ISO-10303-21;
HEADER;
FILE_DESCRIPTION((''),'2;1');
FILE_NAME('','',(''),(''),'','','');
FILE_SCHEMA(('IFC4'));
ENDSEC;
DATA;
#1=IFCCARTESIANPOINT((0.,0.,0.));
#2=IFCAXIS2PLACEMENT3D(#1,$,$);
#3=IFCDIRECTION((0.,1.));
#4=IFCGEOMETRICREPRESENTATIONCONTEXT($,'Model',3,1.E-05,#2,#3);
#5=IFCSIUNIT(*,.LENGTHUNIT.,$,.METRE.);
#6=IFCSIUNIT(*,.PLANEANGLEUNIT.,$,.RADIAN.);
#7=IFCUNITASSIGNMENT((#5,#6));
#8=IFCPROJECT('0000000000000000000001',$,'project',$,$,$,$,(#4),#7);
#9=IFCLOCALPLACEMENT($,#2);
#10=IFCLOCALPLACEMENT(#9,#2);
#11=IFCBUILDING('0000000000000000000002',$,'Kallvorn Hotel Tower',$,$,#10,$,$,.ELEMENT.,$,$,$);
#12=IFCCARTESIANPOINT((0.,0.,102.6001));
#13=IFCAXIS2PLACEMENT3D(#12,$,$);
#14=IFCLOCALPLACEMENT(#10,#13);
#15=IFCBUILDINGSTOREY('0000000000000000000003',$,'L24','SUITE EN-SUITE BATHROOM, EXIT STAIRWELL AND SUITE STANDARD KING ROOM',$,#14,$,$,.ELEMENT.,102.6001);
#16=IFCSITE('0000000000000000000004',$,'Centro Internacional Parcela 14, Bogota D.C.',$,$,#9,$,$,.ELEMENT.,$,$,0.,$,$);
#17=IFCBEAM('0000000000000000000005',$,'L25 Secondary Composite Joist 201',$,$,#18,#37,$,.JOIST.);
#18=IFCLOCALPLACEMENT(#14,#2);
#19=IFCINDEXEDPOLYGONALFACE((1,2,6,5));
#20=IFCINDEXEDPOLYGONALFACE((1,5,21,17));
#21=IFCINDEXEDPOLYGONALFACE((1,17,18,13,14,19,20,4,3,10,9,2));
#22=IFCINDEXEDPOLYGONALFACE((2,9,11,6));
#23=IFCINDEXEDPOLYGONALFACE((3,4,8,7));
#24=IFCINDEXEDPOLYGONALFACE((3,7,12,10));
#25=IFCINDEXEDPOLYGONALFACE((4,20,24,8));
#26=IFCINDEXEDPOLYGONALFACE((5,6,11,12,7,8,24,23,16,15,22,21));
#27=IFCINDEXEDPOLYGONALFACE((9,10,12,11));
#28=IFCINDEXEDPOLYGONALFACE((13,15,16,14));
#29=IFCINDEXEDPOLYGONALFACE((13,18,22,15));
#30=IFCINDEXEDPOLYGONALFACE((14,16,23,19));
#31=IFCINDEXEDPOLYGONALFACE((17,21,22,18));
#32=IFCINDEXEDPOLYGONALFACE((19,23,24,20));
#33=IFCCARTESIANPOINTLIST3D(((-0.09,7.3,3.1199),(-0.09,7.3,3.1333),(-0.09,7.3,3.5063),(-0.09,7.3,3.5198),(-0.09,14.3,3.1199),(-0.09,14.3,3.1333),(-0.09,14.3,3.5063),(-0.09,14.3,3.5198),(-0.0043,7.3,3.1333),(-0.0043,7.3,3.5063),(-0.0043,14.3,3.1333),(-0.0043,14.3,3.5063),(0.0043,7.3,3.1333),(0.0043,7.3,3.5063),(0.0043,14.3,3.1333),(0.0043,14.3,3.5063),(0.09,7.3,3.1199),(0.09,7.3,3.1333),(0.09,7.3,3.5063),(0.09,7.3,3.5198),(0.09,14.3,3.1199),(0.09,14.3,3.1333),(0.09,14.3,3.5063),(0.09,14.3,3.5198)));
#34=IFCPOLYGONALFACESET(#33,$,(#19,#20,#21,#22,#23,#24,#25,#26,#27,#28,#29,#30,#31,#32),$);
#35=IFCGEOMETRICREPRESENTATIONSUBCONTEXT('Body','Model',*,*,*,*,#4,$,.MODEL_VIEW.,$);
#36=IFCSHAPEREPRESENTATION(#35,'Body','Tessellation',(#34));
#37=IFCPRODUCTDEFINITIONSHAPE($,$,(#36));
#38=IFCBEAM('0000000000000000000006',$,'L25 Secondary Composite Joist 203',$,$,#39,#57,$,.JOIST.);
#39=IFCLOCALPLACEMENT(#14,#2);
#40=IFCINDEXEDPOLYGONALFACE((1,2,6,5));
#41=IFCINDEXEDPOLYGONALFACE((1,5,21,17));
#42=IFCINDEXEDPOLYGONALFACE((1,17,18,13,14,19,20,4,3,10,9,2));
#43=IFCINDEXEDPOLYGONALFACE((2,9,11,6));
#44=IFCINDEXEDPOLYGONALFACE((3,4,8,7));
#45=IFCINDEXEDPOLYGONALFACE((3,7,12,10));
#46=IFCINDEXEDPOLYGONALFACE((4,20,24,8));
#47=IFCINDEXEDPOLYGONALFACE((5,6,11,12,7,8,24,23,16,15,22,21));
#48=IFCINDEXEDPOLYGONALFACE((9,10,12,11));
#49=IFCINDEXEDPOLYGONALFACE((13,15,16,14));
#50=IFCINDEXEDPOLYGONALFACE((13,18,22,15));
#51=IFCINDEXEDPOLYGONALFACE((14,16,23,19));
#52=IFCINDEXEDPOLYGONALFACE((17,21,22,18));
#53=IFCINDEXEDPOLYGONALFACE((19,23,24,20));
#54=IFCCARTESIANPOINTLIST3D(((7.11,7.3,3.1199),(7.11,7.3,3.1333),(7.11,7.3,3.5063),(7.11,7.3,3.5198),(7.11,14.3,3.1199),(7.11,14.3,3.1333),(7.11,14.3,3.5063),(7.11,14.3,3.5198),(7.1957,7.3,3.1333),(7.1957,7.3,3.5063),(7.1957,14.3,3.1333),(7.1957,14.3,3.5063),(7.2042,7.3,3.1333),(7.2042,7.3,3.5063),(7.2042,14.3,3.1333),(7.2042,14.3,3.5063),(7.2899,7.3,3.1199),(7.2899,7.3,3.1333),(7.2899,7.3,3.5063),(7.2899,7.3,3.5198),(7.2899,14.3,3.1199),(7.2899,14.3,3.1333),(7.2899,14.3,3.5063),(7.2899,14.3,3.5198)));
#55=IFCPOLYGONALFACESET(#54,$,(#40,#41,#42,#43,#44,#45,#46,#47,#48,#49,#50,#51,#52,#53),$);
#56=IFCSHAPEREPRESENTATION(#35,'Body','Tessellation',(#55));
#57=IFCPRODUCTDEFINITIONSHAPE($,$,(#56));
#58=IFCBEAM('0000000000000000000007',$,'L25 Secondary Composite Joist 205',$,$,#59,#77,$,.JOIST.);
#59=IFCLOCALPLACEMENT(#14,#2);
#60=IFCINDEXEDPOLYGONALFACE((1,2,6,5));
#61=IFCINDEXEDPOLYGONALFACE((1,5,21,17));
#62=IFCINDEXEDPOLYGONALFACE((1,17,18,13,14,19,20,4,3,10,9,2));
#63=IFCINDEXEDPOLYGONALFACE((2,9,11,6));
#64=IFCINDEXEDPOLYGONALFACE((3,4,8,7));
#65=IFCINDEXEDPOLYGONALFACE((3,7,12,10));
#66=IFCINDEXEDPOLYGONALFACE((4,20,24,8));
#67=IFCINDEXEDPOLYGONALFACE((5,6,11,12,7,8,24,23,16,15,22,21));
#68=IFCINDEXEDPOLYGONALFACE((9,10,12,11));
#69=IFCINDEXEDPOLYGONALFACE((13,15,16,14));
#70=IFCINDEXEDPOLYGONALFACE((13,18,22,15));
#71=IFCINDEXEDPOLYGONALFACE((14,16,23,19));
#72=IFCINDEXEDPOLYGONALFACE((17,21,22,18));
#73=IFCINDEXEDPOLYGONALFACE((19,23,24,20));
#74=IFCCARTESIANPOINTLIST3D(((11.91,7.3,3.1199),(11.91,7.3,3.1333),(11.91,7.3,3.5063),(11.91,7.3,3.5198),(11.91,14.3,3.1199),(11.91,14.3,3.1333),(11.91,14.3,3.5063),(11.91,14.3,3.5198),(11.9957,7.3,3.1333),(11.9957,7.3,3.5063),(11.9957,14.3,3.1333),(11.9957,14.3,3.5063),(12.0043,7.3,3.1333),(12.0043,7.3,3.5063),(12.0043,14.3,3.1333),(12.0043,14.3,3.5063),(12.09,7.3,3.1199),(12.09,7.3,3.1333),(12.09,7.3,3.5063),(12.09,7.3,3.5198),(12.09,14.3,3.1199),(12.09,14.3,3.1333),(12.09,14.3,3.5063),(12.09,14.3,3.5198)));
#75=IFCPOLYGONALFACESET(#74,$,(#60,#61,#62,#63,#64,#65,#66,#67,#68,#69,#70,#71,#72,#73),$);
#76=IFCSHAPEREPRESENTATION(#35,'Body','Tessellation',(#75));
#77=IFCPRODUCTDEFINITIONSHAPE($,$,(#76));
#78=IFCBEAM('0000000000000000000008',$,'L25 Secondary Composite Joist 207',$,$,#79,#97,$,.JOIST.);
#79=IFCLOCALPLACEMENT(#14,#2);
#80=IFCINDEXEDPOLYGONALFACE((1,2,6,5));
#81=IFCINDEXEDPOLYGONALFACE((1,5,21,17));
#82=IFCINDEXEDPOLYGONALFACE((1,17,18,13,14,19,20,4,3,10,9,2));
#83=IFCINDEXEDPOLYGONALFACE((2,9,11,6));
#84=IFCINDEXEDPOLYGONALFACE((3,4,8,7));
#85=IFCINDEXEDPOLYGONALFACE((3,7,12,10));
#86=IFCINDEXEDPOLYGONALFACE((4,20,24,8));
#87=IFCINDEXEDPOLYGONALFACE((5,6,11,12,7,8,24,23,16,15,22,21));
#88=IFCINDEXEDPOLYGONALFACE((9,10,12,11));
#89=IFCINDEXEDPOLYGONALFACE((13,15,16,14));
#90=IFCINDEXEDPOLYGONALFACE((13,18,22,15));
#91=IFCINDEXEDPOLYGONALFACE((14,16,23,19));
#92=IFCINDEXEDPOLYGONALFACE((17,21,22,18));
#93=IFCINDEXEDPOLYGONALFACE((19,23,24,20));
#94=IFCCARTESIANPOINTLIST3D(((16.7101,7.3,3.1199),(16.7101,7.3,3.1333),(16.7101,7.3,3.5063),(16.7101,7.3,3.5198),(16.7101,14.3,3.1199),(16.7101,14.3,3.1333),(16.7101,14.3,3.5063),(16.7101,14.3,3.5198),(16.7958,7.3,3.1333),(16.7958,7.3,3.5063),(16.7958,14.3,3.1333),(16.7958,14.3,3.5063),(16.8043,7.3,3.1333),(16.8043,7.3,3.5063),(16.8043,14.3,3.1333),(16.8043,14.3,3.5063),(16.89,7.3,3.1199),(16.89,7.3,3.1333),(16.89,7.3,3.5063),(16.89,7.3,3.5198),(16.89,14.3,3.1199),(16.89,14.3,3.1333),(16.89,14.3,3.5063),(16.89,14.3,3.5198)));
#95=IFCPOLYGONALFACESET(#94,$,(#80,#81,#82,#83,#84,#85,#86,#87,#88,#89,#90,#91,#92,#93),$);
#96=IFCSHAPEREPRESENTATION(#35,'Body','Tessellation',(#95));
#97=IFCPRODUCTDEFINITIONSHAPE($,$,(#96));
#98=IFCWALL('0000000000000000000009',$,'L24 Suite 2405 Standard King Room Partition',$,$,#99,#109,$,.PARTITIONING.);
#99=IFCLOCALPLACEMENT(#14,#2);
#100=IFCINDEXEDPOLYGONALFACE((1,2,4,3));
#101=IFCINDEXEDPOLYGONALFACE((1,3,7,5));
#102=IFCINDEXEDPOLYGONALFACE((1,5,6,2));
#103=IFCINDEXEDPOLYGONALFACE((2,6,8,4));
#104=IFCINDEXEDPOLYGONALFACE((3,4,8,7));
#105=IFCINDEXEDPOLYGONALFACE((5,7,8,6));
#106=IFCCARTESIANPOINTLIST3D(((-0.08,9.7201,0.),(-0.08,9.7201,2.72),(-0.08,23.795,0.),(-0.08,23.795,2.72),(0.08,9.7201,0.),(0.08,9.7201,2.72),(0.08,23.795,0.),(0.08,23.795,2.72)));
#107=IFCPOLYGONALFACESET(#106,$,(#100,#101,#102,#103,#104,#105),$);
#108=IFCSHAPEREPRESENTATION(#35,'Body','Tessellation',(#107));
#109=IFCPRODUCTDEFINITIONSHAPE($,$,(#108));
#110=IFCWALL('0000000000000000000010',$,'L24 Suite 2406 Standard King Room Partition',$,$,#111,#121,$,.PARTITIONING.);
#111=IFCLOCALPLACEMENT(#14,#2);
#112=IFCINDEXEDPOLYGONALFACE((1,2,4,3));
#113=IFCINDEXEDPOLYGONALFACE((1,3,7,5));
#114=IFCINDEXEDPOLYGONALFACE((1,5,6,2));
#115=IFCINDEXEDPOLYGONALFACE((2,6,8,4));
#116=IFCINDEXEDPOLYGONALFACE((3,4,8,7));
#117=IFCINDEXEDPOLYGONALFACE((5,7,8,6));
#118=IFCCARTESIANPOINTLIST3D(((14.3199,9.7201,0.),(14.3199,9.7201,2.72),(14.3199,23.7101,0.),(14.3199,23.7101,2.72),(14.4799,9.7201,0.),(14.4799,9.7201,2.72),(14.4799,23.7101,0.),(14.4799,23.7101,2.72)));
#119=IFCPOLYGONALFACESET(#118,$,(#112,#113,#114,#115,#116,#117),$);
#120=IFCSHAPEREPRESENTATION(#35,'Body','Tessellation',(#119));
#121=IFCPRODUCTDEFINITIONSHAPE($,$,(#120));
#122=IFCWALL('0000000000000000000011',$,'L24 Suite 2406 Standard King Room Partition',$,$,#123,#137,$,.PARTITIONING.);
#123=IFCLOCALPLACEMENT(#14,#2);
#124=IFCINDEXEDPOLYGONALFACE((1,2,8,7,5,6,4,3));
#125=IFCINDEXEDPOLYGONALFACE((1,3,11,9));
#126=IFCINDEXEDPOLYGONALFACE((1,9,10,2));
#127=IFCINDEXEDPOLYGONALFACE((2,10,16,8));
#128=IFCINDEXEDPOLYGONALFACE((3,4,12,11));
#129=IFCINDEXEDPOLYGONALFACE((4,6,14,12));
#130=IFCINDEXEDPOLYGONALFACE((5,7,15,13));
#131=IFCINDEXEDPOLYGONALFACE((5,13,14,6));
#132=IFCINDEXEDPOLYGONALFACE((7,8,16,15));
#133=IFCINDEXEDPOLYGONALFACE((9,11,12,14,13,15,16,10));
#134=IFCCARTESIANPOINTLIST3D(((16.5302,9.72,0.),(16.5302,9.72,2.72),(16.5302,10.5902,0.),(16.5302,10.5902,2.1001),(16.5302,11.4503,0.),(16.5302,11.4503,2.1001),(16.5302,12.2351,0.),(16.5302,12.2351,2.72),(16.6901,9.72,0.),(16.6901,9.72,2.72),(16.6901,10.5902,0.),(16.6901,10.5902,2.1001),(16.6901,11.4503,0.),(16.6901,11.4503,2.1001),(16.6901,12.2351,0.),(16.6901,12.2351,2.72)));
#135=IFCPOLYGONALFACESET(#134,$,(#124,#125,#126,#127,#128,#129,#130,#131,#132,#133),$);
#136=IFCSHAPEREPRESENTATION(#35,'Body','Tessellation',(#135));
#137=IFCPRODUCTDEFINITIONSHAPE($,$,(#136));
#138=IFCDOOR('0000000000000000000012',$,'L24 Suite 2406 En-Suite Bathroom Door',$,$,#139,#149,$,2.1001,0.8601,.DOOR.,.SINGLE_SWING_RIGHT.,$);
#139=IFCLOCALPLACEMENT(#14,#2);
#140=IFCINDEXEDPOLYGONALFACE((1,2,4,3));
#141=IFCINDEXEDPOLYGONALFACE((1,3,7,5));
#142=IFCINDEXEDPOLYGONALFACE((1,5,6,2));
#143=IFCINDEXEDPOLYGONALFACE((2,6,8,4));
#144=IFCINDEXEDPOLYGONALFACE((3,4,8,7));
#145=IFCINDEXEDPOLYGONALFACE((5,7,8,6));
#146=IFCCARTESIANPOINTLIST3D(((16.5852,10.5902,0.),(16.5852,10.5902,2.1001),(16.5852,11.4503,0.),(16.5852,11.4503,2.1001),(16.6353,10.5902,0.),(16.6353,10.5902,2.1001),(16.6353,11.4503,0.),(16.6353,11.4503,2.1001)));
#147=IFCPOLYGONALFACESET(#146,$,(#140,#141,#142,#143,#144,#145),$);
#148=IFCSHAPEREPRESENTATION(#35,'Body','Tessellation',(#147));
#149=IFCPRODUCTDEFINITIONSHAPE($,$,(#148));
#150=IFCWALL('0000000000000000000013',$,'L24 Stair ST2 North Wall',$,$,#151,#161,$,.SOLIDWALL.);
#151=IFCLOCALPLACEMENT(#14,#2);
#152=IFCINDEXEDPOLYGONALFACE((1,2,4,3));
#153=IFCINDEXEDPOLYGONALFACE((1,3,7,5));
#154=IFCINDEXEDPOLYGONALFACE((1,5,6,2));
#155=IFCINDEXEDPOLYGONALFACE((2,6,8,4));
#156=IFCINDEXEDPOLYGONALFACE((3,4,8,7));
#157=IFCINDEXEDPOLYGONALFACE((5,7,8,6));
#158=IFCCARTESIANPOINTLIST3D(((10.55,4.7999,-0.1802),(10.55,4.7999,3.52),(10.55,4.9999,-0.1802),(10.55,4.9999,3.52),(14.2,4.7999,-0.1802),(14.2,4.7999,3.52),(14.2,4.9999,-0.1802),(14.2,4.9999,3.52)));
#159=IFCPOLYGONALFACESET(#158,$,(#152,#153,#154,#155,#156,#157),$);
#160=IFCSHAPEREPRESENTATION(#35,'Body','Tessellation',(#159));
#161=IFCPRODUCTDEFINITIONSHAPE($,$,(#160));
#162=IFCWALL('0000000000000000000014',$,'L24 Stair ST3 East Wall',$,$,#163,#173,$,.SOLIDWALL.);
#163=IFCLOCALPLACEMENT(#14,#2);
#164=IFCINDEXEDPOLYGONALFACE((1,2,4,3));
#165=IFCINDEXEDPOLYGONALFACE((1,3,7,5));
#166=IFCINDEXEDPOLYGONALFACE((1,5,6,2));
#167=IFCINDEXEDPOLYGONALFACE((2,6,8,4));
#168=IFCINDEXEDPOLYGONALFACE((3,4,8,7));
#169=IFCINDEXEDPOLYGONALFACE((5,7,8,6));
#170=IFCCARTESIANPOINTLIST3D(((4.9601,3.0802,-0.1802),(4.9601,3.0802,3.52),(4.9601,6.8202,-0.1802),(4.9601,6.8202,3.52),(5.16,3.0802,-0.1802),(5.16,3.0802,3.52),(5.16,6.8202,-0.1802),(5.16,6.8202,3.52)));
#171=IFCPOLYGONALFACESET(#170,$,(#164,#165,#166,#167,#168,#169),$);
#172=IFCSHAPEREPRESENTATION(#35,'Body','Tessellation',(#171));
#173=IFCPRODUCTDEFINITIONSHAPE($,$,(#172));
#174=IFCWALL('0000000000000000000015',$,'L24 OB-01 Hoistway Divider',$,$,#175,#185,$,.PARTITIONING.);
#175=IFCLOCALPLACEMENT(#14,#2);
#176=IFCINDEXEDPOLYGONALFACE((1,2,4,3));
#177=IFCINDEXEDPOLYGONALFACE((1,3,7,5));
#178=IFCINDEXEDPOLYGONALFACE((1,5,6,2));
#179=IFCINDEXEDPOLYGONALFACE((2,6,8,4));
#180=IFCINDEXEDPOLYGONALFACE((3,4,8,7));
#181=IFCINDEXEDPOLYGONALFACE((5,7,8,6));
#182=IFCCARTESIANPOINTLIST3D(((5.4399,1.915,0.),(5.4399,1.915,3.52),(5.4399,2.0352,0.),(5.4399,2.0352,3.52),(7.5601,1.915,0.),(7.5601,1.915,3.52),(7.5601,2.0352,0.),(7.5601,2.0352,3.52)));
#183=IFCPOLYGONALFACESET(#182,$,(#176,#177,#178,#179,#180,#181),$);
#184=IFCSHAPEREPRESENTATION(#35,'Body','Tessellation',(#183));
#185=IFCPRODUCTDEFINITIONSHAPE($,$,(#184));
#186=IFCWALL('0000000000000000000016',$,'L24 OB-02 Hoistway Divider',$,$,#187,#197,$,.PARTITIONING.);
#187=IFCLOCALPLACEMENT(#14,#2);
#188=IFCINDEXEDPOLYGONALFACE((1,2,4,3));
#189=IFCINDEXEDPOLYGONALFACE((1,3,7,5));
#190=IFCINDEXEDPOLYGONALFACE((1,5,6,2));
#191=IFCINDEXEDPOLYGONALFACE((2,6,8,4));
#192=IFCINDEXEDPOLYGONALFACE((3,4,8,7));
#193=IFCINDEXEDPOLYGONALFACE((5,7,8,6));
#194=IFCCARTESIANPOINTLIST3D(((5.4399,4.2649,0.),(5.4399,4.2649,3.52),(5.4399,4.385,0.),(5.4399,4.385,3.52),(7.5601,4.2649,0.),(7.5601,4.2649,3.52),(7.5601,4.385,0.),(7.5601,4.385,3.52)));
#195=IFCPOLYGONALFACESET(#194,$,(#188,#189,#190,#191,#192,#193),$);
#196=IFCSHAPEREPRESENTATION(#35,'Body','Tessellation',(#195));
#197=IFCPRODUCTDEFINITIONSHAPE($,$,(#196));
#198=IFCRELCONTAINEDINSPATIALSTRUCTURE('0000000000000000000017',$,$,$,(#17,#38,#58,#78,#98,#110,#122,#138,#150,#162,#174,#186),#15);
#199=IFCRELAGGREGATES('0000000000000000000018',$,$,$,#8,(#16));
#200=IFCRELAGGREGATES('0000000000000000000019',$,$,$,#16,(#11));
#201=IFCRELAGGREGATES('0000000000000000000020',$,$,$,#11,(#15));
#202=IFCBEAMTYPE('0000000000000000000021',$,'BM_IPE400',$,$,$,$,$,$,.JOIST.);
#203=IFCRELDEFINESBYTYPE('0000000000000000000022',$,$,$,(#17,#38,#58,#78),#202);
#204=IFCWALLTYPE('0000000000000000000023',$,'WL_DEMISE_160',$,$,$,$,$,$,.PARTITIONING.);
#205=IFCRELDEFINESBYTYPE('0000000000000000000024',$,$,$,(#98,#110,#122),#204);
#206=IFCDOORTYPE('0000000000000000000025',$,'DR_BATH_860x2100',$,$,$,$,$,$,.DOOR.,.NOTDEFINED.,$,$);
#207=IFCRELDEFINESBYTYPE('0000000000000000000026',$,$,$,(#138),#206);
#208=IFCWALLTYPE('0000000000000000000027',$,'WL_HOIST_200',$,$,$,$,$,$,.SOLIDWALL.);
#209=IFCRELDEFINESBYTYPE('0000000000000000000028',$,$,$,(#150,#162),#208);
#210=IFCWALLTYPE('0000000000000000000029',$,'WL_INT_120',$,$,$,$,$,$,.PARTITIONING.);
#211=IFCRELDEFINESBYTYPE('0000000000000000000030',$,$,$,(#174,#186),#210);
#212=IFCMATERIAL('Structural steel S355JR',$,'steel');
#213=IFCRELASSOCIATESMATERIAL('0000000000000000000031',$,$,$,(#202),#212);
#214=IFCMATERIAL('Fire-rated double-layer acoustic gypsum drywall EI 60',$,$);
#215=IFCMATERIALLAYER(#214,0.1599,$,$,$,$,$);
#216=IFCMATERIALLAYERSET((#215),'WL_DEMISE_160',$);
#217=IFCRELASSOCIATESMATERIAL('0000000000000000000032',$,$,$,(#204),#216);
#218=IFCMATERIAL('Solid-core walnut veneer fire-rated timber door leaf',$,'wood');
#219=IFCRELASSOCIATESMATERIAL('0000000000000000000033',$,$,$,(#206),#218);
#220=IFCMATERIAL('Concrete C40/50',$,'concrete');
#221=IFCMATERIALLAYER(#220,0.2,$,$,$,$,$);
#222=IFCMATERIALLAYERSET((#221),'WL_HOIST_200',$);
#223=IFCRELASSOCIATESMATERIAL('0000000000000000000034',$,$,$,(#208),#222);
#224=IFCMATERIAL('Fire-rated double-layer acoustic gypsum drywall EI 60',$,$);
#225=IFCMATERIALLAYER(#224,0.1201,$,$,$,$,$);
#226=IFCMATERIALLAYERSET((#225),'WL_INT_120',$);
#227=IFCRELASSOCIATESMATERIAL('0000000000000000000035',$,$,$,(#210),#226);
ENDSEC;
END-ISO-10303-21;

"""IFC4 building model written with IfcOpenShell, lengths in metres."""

from ifc_helpers import new_model, si_unit, direction, frame, frame_2d, origin, origin_2d, place, context, subcontext, project, spatial, rectangle, i_section, extrude, material, layer, layer_set, material_profile, profile_set, type_object, element, fill, save


model = new_model("IFC4")

# Units and contexts
model_context = context("Model", 3, precision=1e-05, world=origin(), true_north=direction((0.0, 1.0)))
body_context = subcontext(model_context, "Body", "Model", "MODEL_VIEW")
ifc_project = project(units=[si_unit("LENGTHUNIT", "METRE"), si_unit("PLANEANGLEUNIT", "RADIAN")], contexts=[model_context])

# Site, building, storey
site_placement = place(None, origin())
site = spatial("IfcSite", under=ifc_project, at=site_placement, Name="Centro Internacional Parcela 14, Bogota D.C.", CompositionType="ELEMENT", RefElevation=0.0)
building_placement = place(site_placement, origin())
building = spatial("IfcBuilding", under=site, at=building_placement, Name="Kallvorn Hotel Tower", CompositionType="ELEMENT")
storey_placement = place(building_placement, frame((0.0, 0.0, 102.6001)))
storey = spatial("IfcBuildingStorey", under=building, at=storey_placement, Name="L24", Description="SUITE EN-SUITE BATHROOM, EXIT STAIRWELL AND SUITE STANDARD KING ROOM", CompositionType="ELEMENT", Elevation=102.6001)

# Beams
ifc_material_1 = material(Name="Structural steel S355JR", Category="steel")
ifc_material_profile_1 = material_profile(ifc_material_1, i_section(OverallWidth=0.1799, OverallDepth=0.3999, WebThickness=0.0085, FlangeThickness=0.0134, at=origin_2d()), Name="IPE 400")
ifc_profile_set_1 = profile_set([ifc_material_profile_1], Name="Structural steel S355JR")
beam_type_1 = type_object("IfcBeamType", Name="BM_IPE400", PredefinedType="JOIST", material=ifc_profile_set_1)
for number, where, z_axis, x_axis, name in (
    (1, (0.0, 7.3, 3.3198), (0.0, 1.0, 0.0), (-1.0, 0.0, 0.0), "L25 Secondary Composite Joist 201"),
    (2, (7.2, 7.3, 3.3198), (0.0, 1.0, 0.0), (-1.0, 0.0, 0.0), "L25 Secondary Composite Joist 203"),
    (3, (12.0, 7.3, 3.3198), (0.0, 1.0, 0.0), (-1.0, 0.0, 0.0), "L25 Secondary Composite Joist 205"),
    (4, (16.8, 7.3, 3.3198), (0.0, 1.0, 0.0), (-1.0, 0.0, 0.0), "L25 Secondary Composite Joist 207"),
):
    element("IfcBeam", number, at=place(storey_placement, frame(where, z_axis=z_axis, x_axis=x_axis)), inside=storey, type_object=beam_type_1, Name=name, PredefinedType="JOIST", context=body_context, shape_type="SweptSolid", body=[
        extrude(i_section(OverallWidth=0.1799, OverallDepth=0.3999, WebThickness=0.0085, FlangeThickness=0.0134, at=origin_2d()), origin(), (0.0, 0.0, 1.0), 7.0),
    ])

# Walls
ifc_material_2 = material(Name="Fire-rated double-layer acoustic gypsum drywall EI 60")
ifc_layer_1 = layer(ifc_material_2, 0.1599)
ifc_layer_set_1 = layer_set([ifc_layer_1], Name="WL_DEMISE_160")
wall_type_1 = type_object("IfcWallType", Name="WL_DEMISE_160", PredefinedType="PARTITIONING", material=ifc_layer_set_1)
wall_1_placement = place(storey_placement, frame((0.0, 9.72, 0.0), z_axis=(0.0, 0.0, 1.0), x_axis=(0.0, 1.0, 0.0)))
element("IfcWall", 5, at=wall_1_placement, inside=storey, type_object=wall_type_1, Name="L24 Suite 2405 Standard King Room Partition", PredefinedType="PARTITIONING", context=body_context, shape_type="SweptSolid", body=[
    extrude(rectangle(XDim=14.075, YDim=0.1599, at=frame_2d((7.0376, 0.0))), origin(), (0.0, 0.0, 1.0), 2.72),
])
wall_2_placement = place(storey_placement, frame((14.3999, 9.72, 0.0), z_axis=(0.0, 0.0, 1.0), x_axis=(0.0, 1.0, 0.0)))
element("IfcWall", 6, at=wall_2_placement, inside=storey, type_object=wall_type_1, Name="L24 Suite 2406 Standard King Room Partition", PredefinedType="PARTITIONING", context=body_context, shape_type="SweptSolid", body=[
    extrude(rectangle(XDim=13.99, YDim=0.1599, at=frame_2d((6.9951, 0.0))), origin(), (0.0, 0.0, 1.0), 2.72),
])

# Wall, opening, door
wall_3_placement = place(storey_placement, frame((16.6101, 9.72, 0.0), z_axis=(0.0, 0.0, 1.0), x_axis=(0.0, 1.0, 0.0)))
wall_3 = element("IfcWall", 7, at=wall_3_placement, inside=storey, type_object=wall_type_1, Name="L24 Suite 2406 Standard King Room Partition", PredefinedType="PARTITIONING", context=body_context, shape_type="SweptSolid", body=[
    extrude(rectangle(XDim=2.5151, YDim=0.1599, at=frame_2d((1.2576, 0.0))), origin(), (0.0, 0.0, 1.0), 2.72),
])
opening_1_placement = place(wall_3_placement, frame((0.8701, 0.0, 0.0)))
opening_1 = element("IfcOpeningElement", 8, at=opening_1_placement, cuts=wall_3, PredefinedType="OPENING", context=body_context, shape_type="SweptSolid", body=[
    extrude(rectangle(XDim=0.8601, YDim=2.1001, at=frame_2d((0.4302, 1.05))), frame((0.0, 0.095, 0.0), z_axis=(0.0, -1.0, 0.0), x_axis=(1.0, 0.0, 0.0)), (0.0, 0.0, 1.0), 0.1899),
])
ifc_material_3 = material(Name="Solid-core walnut veneer fire-rated timber door leaf", Category="wood")
door_type_1 = type_object("IfcDoorType", Name="DR_BATH_860x2100", OperationType="NOTDEFINED", PredefinedType="DOOR", material=ifc_material_3)
door_1_placement = place(opening_1_placement, origin())
door_1 = element("IfcDoor", 9, at=door_1_placement, inside=storey, type_object=door_type_1, Name="L24 Suite 2406 En-Suite Bathroom Door", OperationType="SINGLE_SWING_RIGHT", OverallHeight=2.1001, OverallWidth=0.8601, PredefinedType="DOOR", context=body_context, shape_type="SweptSolid", body=[
    extrude(rectangle(XDim=0.8601, YDim=2.1001, at=frame_2d((0.4302, 1.05))), frame((0.0, 0.0249, 0.0), z_axis=(0.0, -1.0, 0.0), x_axis=(1.0, 0.0, 0.0)), (0.0, 0.0, 1.0), 0.05),
])
fill(opening_1, door_1)

# Walls
ifc_material_4 = material(Name="Concrete C40/50", Category="concrete")
ifc_layer_2 = layer(ifc_material_4, 0.2)
ifc_layer_set_2 = layer_set([ifc_layer_2], Name="WL_HOIST_200")
wall_type_2 = type_object("IfcWallType", Name="WL_HOIST_200", PredefinedType="SOLIDWALL", material=ifc_layer_set_2)
wall_4_placement = place(storey_placement, frame((10.55, 4.8999, -0.1802), z_axis=(0.0, 0.0, 1.0), x_axis=(1.0, 0.0, 0.0)))
element("IfcWall", 10, at=wall_4_placement, inside=storey, type_object=wall_type_2, Name="L24 Stair ST2 North Wall", PredefinedType="SOLIDWALL", context=body_context, shape_type="SweptSolid", body=[
    extrude(rectangle(XDim=3.6499, YDim=0.2, at=frame_2d((1.825, 0.0))), origin(), (0.0, 0.0, 1.0), 3.7002),
])
wall_5_placement = place(storey_placement, frame((5.0601, 3.0801, -0.1802), z_axis=(0.0, 0.0, 1.0), x_axis=(0.0, 1.0, 0.0)))
element("IfcWall", 11, at=wall_5_placement, inside=storey, type_object=wall_type_2, Name="L24 Stair ST3 East Wall", PredefinedType="SOLIDWALL", context=body_context, shape_type="SweptSolid", body=[
    extrude(rectangle(XDim=3.74, YDim=0.2, at=frame_2d((1.8701, 0.0))), origin(), (0.0, 0.0, 1.0), 3.7002),
])
ifc_material_5 = material(Name="Fire-rated double-layer acoustic gypsum drywall EI 60")
ifc_layer_3 = layer(ifc_material_5, 0.1201)
ifc_layer_set_3 = layer_set([ifc_layer_3], Name="WL_INT_120")
wall_type_3 = type_object("IfcWallType", Name="WL_INT_120", PredefinedType="PARTITIONING", material=ifc_layer_set_3)
for number, where, z_axis, x_axis, name in (
    (12, (5.4399, 1.9751, 0.0), (0.0, 0.0, 1.0), (1.0, 0.0, 0.0), "L24 OB-01 Hoistway Divider"),
    (13, (5.4399, 4.325, 0.0), (0.0, 0.0, 1.0), (1.0, 0.0, 0.0), "L24 OB-02 Hoistway Divider"),
):
    element("IfcWall", number, at=place(storey_placement, frame(where, z_axis=z_axis, x_axis=x_axis)), inside=storey, type_object=wall_type_3, Name=name, PredefinedType="PARTITIONING", context=body_context, shape_type="SweptSolid", body=[
        extrude(rectangle(XDim=2.1201, YDim=0.1201, at=frame_2d((1.0601, 0.0))), origin(), (0.0, 0.0, 1.0), 3.52),
    ])

save(model, "model.ifc")
